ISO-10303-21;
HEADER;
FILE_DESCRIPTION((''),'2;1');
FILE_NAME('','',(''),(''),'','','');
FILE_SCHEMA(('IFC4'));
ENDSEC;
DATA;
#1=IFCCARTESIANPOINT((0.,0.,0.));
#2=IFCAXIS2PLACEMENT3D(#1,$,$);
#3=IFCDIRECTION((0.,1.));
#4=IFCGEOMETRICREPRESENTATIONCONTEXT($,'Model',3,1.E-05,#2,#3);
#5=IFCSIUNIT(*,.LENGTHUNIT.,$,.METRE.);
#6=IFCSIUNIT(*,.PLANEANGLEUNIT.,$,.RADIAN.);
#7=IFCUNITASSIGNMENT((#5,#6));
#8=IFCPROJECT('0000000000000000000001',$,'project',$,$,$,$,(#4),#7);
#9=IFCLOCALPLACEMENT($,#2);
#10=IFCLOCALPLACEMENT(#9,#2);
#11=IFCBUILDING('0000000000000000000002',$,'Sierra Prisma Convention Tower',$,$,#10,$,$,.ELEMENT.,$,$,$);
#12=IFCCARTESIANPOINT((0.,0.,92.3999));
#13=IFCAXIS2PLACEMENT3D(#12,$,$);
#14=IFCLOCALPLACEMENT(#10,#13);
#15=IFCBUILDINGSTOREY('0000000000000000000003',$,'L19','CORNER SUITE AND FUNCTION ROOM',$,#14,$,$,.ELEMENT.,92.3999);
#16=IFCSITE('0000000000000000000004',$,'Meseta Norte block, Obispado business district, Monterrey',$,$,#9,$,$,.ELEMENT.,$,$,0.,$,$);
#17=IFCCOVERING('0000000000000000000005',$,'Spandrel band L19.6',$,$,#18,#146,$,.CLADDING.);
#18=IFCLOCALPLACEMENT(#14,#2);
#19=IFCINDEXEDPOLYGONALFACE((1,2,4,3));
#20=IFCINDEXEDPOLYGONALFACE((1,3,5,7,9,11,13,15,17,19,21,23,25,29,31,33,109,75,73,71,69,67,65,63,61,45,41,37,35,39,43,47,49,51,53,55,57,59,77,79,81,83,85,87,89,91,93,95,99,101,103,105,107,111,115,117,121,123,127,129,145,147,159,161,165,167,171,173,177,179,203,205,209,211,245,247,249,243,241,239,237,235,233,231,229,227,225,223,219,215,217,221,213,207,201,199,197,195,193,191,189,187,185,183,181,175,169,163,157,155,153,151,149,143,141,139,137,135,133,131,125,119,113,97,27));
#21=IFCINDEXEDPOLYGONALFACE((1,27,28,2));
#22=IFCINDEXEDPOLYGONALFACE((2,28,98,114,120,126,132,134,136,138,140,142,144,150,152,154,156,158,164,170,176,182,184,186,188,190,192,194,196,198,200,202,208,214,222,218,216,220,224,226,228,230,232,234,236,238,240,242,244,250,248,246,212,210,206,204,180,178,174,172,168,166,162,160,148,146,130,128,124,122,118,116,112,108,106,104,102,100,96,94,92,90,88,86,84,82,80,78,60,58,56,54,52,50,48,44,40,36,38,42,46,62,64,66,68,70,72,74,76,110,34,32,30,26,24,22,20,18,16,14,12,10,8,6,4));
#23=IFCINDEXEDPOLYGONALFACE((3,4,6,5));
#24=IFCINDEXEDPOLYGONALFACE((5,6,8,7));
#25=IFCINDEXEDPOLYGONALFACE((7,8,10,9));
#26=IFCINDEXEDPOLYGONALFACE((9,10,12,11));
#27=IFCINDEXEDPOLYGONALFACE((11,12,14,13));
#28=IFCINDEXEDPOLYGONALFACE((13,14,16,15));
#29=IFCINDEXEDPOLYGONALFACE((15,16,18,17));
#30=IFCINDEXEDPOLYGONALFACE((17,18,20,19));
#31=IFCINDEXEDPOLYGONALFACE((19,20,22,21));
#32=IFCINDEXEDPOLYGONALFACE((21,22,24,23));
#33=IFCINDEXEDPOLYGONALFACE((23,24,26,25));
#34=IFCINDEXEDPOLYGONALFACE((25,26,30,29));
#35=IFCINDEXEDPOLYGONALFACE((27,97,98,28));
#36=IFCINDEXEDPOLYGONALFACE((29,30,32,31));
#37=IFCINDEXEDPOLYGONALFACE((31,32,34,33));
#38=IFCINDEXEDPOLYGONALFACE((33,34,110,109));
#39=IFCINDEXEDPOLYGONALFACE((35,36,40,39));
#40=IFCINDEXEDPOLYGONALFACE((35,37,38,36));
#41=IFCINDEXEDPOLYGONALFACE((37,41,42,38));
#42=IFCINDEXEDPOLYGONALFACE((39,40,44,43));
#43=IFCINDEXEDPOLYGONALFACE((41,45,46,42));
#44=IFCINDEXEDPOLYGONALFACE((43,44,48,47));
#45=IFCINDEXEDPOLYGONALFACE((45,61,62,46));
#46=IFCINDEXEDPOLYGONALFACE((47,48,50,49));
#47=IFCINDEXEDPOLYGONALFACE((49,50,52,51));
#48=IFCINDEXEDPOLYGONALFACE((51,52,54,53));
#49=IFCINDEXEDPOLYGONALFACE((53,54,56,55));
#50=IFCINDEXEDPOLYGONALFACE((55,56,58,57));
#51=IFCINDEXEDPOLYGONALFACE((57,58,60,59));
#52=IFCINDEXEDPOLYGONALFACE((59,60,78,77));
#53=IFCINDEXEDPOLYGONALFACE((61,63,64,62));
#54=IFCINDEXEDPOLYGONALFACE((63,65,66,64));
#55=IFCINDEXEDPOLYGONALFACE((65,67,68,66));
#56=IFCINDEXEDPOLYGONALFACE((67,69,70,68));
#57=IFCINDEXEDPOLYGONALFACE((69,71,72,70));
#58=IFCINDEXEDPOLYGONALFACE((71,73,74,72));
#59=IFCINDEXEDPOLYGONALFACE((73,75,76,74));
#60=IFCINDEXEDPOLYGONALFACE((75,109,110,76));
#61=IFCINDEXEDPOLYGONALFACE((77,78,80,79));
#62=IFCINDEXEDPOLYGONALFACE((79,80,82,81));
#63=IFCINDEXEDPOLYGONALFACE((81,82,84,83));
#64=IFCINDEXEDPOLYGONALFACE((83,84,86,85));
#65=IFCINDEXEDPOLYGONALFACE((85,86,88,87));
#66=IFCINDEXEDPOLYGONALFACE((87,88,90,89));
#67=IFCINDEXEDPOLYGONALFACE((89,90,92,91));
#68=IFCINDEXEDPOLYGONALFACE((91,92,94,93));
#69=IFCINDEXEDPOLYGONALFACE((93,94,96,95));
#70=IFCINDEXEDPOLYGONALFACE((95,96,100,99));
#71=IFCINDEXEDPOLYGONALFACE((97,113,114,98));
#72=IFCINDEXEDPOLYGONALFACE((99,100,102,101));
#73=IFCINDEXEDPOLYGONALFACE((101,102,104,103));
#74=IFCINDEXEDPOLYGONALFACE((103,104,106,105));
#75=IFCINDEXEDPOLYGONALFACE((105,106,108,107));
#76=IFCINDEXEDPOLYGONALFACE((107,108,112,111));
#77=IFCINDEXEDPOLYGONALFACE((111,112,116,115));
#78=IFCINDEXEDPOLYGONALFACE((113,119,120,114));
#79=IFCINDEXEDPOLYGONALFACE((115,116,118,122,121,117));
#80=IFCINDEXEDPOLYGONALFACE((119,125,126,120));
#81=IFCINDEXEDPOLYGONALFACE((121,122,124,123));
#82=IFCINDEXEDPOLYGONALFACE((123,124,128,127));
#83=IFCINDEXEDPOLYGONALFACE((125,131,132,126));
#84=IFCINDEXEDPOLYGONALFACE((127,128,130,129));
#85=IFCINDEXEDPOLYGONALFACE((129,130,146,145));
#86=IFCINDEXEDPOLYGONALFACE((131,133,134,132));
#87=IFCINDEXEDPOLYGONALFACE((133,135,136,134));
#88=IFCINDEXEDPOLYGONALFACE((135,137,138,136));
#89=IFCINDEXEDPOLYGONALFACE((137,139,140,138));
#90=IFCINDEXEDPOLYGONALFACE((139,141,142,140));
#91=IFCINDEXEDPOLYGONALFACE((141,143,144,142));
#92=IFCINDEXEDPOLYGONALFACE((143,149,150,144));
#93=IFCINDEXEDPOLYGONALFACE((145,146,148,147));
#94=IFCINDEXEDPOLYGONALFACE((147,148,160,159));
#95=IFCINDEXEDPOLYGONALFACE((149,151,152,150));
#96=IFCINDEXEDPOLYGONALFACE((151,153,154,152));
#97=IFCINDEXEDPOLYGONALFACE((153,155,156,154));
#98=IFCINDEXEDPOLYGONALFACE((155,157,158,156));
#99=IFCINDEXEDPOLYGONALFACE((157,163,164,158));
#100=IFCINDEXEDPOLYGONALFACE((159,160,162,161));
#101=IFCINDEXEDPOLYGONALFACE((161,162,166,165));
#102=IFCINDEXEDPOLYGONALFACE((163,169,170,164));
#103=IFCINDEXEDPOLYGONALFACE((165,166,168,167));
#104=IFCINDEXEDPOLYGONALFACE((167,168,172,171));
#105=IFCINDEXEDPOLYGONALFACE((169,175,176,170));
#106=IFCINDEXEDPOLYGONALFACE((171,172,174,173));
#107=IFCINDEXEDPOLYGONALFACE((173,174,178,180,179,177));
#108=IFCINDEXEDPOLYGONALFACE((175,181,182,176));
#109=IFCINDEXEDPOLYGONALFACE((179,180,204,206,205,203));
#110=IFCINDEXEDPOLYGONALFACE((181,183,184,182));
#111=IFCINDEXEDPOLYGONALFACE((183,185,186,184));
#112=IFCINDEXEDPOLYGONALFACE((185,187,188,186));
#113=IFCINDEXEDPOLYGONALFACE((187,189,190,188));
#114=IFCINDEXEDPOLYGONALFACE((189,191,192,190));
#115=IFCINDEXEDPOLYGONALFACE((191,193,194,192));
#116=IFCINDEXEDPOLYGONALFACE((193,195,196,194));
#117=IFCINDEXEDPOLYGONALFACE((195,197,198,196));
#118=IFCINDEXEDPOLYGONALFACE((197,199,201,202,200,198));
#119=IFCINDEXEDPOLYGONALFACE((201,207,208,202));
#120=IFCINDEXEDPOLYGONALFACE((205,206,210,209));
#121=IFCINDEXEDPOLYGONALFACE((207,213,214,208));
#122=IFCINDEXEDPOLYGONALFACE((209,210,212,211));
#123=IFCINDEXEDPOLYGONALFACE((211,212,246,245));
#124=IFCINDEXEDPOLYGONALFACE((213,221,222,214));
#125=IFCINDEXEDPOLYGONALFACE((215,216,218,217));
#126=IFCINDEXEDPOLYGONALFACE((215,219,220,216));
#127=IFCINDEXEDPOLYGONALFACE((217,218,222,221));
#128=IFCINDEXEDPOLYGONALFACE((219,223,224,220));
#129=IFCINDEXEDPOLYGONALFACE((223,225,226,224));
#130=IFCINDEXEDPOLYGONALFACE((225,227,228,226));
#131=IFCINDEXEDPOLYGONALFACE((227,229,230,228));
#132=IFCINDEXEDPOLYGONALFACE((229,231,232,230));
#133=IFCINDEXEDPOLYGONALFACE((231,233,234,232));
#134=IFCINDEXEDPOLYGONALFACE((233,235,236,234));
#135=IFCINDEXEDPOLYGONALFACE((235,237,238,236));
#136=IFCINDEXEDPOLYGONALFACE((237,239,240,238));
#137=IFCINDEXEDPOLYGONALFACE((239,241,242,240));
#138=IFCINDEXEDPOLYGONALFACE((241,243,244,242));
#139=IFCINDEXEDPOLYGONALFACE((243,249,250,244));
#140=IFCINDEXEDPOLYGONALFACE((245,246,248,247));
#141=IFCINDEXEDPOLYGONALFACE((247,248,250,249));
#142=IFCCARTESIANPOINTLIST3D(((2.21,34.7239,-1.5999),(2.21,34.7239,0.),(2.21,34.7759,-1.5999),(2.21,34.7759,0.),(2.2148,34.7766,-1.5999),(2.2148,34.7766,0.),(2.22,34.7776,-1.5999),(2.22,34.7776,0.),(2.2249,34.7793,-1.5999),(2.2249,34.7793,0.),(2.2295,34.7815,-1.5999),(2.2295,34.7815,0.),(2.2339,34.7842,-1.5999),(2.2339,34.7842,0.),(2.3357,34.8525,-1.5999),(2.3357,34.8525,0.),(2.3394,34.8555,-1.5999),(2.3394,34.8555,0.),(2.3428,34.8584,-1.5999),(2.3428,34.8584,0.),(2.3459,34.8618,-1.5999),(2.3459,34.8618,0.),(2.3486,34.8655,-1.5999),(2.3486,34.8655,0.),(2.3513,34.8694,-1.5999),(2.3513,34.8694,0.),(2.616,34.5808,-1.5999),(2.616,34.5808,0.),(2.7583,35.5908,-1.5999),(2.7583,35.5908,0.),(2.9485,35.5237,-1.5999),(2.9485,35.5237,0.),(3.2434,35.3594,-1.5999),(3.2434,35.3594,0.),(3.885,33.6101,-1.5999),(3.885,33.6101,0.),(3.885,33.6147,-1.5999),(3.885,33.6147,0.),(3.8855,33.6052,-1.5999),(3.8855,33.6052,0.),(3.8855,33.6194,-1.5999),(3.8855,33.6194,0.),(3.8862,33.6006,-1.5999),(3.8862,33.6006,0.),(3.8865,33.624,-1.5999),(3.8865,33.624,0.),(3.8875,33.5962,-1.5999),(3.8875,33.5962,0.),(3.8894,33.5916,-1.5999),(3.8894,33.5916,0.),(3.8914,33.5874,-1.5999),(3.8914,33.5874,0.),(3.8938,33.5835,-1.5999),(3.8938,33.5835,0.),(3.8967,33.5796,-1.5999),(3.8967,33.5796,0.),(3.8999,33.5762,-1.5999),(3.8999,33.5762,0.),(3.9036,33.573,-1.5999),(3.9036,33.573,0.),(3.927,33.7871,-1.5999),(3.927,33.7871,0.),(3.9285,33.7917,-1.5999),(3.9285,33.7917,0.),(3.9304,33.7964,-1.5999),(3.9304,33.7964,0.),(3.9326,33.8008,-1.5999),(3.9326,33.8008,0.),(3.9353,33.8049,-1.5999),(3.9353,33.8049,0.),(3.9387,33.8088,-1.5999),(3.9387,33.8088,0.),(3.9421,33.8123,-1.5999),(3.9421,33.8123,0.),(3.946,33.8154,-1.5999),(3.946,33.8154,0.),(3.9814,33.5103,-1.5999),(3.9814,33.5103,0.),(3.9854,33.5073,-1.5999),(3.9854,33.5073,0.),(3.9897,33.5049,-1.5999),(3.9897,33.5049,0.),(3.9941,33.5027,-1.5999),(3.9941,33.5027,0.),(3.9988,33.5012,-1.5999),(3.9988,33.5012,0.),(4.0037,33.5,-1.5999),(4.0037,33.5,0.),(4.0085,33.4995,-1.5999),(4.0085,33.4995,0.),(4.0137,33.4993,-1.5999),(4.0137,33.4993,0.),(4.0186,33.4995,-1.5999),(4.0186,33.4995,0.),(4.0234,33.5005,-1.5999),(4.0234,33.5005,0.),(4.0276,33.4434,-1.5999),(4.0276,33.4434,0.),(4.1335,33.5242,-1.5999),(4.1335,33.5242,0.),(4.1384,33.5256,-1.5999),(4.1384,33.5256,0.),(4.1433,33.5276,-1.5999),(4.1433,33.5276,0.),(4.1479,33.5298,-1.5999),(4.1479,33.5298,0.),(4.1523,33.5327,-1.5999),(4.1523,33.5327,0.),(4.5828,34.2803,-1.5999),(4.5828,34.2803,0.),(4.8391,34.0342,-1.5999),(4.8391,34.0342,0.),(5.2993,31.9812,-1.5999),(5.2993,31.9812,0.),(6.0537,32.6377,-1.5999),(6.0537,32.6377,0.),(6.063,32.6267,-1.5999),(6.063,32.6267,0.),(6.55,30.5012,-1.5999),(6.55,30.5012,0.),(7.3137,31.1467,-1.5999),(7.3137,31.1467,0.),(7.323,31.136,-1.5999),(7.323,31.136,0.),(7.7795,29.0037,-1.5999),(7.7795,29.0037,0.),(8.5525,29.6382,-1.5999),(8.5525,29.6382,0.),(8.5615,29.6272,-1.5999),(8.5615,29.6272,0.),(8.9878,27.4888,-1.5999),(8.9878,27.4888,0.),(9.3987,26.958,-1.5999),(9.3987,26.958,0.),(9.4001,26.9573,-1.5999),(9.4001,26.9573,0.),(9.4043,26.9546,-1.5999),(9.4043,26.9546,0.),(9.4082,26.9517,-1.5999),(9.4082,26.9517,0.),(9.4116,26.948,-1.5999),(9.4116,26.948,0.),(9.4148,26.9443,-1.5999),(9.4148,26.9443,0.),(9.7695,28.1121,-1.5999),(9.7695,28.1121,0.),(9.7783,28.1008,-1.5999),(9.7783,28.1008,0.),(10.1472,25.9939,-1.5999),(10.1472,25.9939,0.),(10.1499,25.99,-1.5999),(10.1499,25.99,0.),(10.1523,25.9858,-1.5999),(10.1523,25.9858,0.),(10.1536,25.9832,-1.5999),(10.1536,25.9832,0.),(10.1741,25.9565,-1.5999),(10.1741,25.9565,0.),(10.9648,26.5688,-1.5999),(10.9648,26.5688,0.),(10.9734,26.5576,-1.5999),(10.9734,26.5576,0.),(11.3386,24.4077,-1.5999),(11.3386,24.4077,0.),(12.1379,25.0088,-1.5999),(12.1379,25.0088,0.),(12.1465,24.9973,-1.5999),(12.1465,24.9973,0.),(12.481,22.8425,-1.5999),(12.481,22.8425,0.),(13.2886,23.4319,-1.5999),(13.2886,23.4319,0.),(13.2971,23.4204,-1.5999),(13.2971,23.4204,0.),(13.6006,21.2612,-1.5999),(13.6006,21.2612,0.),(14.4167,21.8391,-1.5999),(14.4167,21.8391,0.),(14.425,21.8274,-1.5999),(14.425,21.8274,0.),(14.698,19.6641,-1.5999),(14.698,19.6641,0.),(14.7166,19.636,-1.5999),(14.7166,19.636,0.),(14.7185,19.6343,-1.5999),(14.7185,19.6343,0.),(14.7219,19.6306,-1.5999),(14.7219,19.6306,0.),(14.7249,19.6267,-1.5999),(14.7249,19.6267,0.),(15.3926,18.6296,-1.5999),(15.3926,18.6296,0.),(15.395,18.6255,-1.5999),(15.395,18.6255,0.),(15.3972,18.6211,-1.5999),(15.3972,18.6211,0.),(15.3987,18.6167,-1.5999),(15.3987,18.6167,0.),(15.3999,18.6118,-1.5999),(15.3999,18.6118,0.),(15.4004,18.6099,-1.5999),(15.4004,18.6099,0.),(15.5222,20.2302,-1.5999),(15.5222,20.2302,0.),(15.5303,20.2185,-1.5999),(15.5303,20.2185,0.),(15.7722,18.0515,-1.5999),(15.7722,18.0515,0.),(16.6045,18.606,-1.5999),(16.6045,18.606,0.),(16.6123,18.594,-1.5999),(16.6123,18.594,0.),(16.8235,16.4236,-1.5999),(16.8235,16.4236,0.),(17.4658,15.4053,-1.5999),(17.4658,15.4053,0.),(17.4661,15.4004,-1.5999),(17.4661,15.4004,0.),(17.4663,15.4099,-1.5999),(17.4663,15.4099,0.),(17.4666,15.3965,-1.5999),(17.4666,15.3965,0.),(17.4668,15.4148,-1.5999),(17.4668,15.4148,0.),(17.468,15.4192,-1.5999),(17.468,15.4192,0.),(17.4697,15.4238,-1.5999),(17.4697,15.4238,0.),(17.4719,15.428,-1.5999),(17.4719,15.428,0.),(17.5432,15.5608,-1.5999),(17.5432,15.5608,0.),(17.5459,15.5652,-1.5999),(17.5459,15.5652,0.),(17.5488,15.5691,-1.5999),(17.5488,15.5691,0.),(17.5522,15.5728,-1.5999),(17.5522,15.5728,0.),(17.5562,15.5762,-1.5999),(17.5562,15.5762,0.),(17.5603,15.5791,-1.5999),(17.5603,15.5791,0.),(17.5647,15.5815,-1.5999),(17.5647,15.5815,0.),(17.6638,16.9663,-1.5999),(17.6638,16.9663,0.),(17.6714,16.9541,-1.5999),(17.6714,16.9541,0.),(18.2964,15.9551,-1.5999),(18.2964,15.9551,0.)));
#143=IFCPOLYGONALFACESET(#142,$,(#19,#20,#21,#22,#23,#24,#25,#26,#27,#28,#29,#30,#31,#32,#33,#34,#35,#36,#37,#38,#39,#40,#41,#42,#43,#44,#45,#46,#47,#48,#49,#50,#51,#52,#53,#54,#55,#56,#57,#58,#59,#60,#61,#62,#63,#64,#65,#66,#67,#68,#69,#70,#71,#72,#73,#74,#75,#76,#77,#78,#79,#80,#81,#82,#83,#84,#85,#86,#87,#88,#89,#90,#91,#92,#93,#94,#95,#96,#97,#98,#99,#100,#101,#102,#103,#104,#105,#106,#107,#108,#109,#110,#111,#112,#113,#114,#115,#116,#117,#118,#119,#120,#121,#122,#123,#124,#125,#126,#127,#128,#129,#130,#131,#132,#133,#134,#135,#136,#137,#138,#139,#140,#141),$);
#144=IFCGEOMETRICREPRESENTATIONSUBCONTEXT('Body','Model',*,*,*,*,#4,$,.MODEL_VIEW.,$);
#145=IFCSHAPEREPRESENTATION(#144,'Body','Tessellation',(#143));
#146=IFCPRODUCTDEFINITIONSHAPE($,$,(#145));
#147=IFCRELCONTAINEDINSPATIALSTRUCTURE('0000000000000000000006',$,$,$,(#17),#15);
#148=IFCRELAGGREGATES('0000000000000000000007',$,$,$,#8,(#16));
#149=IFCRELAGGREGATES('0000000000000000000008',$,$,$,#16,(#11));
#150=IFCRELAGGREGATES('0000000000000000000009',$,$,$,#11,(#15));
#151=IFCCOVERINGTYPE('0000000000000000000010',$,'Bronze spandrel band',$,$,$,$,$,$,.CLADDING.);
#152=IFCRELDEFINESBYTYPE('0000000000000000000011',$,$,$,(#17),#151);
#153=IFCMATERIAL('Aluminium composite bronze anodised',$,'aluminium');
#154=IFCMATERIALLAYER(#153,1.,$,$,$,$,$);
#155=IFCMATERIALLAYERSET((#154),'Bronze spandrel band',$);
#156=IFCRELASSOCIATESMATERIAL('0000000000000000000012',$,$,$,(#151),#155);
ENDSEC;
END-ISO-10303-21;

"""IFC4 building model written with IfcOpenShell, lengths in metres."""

from ifc_helpers import new_model, si_unit, direction, frame, origin, place, context, subcontext, project, spatial, polyline, outline, extrude, material, layer, layer_set, type_object, element, save


model = new_model("IFC4")

# Units and contexts
model_context = context("Model", 3, precision=1e-05, world=origin(), true_north=direction((0.0, 1.0)))
body_context = subcontext(model_context, "Body", "Model", "MODEL_VIEW")
ifc_project = project(units=[si_unit("LENGTHUNIT", "METRE"), si_unit("PLANEANGLEUNIT", "RADIAN")], contexts=[model_context])

# Site, building, storey
site_placement = place(None, origin())
site = spatial("IfcSite", under=ifc_project, at=site_placement, Name="Meseta Norte block, Obispado business district, Monterrey", CompositionType="ELEMENT", RefElevation=0.0)
building_placement = place(site_placement, origin())
building = spatial("IfcBuilding", under=site, at=building_placement, Name="Sierra Prisma Convention Tower", CompositionType="ELEMENT")
storey_placement = place(building_placement, frame((0.0, 0.0, 92.3999)))
storey = spatial("IfcBuildingStorey", under=building, at=storey_placement, Name="L19", Description="CORNER SUITE AND FUNCTION ROOM", CompositionType="ELEMENT", Elevation=92.3999)

# Covering
ifc_material_1 = material(Name="Aluminium composite bronze anodised", Category="aluminium")
ifc_layer_1 = layer(ifc_material_1, 1.0)
ifc_layer_set_1 = layer_set([ifc_layer_1], Name="Bronze spandrel band")
covering_type_1 = type_object("IfcCoveringType", Name="Bronze spandrel band", PredefinedType="CLADDING", material=ifc_layer_set_1)
covering_1_placement = place(storey_placement, frame((0.0, 0.0, -1.5999)))
element("IfcCovering", 1, at=covering_1_placement, inside=storey, type_object=covering_type_1, Name="Spandrel band L19.6", PredefinedType="CLADDING", context=body_context, shape_type="SweptSolid", body=[
    extrude(outline(polyline([(2.9485, 35.5237), (3.2434, 35.3594), (4.5828, 34.2803), (3.946, 33.8154), (3.9421, 33.8123), (3.9387, 33.8088), (3.9353, 33.8049), (3.9326, 33.8008), (3.9304, 33.7964), (3.9285, 33.7917), (3.927, 33.7871), (3.8865, 33.624), (3.8855, 33.6194), (3.885, 33.6147), (3.885, 33.6101), (3.8855, 33.6052), (3.8862, 33.6006), (3.8875, 33.5962), (3.8894, 33.5916), (3.8914, 33.5874), (3.8938, 33.5835), (3.8967, 33.5796), (3.8999, 33.5762), (3.9036, 33.573), (3.9814, 33.5103), (3.9854, 33.5073), (3.9897, 33.5049), (3.9941, 33.5027), (3.9988, 33.5012), (4.0037, 33.5), (4.0085, 33.4995), (4.0137, 33.4993), (4.0186, 33.4995), (4.0234, 33.5005), (4.1335, 33.5242), (4.1384, 33.5256), (4.1433, 33.5276), (4.1479, 33.5298), (4.1523, 33.5327), (4.8391, 34.0342), (6.0537, 32.6377), (6.063, 32.6267), (7.3137, 31.1467), (7.323, 31.136), (8.5525, 29.6382), (8.5615, 29.6272), (9.7695, 28.1121), (9.7783, 28.1008), (10.9648, 26.5688), (10.9734, 26.5576), (12.1379, 25.0088), (12.1465, 24.9973), (13.2886, 23.4319), (13.2971, 23.4204), (14.4167, 21.8391), (14.425, 21.8274), (15.5222, 20.2302), (15.5303, 20.2185), (16.6045, 18.606), (16.6123, 18.594), (17.6638, 16.9663), (17.6714, 16.9541), (18.2964, 15.9551), (17.5647, 15.5815), (17.5603, 15.5791), (17.5562, 15.5762), (17.5522, 15.5728), (17.5488, 15.5691), (17.5459, 15.5652), (17.5432, 15.5608), (17.4719, 15.428), (17.4697, 15.4238), (17.468, 15.4192), (17.4668, 15.4148), (17.4663, 15.4099), (17.4658, 15.4053), (17.4661, 15.4004), (17.4666, 15.3965), (16.8235, 16.4236), (15.7722, 18.0515), (15.4004, 18.6099), (15.3999, 18.6118), (15.3987, 18.6167), (15.3972, 18.6211), (15.395, 18.6255), (15.3926, 18.6296), (14.7249, 19.6267), (14.7219, 19.6306), (14.7185, 19.6343), (14.7166, 19.636), (14.698, 19.6641), (13.6006, 21.2612), (12.481, 22.8425), (11.3386, 24.4077), (10.1741, 25.9565), (10.1536, 25.9832), (10.1523, 25.9858), (10.1499, 25.99), (10.1472, 25.9939), (9.4148, 26.9443), (9.4116, 26.948), (9.4082, 26.9517), (9.4043, 26.9546), (9.4001, 26.9573), (9.3987, 26.958), (8.9878, 27.4888), (7.7795, 29.0037), (6.55, 30.5012), (5.2993, 31.9812), (4.0276, 33.4434), (2.616, 34.5808), (2.21, 34.7239), (2.21, 34.7759), (2.2148, 34.7766), (2.22, 34.7776), (2.2249, 34.7793), (2.2295, 34.7815), (2.2339, 34.7842), (2.3357, 34.8525), (2.3394, 34.8555), (2.3428, 34.8584), (2.3459, 34.8618), (2.3486, 34.8655), (2.3513, 34.8694), (2.7583, 35.5908), (2.9485, 35.5237)])), origin(), (0.0, 0.0, 1.0), 1.5999),
])

save(model, "model.ifc")
